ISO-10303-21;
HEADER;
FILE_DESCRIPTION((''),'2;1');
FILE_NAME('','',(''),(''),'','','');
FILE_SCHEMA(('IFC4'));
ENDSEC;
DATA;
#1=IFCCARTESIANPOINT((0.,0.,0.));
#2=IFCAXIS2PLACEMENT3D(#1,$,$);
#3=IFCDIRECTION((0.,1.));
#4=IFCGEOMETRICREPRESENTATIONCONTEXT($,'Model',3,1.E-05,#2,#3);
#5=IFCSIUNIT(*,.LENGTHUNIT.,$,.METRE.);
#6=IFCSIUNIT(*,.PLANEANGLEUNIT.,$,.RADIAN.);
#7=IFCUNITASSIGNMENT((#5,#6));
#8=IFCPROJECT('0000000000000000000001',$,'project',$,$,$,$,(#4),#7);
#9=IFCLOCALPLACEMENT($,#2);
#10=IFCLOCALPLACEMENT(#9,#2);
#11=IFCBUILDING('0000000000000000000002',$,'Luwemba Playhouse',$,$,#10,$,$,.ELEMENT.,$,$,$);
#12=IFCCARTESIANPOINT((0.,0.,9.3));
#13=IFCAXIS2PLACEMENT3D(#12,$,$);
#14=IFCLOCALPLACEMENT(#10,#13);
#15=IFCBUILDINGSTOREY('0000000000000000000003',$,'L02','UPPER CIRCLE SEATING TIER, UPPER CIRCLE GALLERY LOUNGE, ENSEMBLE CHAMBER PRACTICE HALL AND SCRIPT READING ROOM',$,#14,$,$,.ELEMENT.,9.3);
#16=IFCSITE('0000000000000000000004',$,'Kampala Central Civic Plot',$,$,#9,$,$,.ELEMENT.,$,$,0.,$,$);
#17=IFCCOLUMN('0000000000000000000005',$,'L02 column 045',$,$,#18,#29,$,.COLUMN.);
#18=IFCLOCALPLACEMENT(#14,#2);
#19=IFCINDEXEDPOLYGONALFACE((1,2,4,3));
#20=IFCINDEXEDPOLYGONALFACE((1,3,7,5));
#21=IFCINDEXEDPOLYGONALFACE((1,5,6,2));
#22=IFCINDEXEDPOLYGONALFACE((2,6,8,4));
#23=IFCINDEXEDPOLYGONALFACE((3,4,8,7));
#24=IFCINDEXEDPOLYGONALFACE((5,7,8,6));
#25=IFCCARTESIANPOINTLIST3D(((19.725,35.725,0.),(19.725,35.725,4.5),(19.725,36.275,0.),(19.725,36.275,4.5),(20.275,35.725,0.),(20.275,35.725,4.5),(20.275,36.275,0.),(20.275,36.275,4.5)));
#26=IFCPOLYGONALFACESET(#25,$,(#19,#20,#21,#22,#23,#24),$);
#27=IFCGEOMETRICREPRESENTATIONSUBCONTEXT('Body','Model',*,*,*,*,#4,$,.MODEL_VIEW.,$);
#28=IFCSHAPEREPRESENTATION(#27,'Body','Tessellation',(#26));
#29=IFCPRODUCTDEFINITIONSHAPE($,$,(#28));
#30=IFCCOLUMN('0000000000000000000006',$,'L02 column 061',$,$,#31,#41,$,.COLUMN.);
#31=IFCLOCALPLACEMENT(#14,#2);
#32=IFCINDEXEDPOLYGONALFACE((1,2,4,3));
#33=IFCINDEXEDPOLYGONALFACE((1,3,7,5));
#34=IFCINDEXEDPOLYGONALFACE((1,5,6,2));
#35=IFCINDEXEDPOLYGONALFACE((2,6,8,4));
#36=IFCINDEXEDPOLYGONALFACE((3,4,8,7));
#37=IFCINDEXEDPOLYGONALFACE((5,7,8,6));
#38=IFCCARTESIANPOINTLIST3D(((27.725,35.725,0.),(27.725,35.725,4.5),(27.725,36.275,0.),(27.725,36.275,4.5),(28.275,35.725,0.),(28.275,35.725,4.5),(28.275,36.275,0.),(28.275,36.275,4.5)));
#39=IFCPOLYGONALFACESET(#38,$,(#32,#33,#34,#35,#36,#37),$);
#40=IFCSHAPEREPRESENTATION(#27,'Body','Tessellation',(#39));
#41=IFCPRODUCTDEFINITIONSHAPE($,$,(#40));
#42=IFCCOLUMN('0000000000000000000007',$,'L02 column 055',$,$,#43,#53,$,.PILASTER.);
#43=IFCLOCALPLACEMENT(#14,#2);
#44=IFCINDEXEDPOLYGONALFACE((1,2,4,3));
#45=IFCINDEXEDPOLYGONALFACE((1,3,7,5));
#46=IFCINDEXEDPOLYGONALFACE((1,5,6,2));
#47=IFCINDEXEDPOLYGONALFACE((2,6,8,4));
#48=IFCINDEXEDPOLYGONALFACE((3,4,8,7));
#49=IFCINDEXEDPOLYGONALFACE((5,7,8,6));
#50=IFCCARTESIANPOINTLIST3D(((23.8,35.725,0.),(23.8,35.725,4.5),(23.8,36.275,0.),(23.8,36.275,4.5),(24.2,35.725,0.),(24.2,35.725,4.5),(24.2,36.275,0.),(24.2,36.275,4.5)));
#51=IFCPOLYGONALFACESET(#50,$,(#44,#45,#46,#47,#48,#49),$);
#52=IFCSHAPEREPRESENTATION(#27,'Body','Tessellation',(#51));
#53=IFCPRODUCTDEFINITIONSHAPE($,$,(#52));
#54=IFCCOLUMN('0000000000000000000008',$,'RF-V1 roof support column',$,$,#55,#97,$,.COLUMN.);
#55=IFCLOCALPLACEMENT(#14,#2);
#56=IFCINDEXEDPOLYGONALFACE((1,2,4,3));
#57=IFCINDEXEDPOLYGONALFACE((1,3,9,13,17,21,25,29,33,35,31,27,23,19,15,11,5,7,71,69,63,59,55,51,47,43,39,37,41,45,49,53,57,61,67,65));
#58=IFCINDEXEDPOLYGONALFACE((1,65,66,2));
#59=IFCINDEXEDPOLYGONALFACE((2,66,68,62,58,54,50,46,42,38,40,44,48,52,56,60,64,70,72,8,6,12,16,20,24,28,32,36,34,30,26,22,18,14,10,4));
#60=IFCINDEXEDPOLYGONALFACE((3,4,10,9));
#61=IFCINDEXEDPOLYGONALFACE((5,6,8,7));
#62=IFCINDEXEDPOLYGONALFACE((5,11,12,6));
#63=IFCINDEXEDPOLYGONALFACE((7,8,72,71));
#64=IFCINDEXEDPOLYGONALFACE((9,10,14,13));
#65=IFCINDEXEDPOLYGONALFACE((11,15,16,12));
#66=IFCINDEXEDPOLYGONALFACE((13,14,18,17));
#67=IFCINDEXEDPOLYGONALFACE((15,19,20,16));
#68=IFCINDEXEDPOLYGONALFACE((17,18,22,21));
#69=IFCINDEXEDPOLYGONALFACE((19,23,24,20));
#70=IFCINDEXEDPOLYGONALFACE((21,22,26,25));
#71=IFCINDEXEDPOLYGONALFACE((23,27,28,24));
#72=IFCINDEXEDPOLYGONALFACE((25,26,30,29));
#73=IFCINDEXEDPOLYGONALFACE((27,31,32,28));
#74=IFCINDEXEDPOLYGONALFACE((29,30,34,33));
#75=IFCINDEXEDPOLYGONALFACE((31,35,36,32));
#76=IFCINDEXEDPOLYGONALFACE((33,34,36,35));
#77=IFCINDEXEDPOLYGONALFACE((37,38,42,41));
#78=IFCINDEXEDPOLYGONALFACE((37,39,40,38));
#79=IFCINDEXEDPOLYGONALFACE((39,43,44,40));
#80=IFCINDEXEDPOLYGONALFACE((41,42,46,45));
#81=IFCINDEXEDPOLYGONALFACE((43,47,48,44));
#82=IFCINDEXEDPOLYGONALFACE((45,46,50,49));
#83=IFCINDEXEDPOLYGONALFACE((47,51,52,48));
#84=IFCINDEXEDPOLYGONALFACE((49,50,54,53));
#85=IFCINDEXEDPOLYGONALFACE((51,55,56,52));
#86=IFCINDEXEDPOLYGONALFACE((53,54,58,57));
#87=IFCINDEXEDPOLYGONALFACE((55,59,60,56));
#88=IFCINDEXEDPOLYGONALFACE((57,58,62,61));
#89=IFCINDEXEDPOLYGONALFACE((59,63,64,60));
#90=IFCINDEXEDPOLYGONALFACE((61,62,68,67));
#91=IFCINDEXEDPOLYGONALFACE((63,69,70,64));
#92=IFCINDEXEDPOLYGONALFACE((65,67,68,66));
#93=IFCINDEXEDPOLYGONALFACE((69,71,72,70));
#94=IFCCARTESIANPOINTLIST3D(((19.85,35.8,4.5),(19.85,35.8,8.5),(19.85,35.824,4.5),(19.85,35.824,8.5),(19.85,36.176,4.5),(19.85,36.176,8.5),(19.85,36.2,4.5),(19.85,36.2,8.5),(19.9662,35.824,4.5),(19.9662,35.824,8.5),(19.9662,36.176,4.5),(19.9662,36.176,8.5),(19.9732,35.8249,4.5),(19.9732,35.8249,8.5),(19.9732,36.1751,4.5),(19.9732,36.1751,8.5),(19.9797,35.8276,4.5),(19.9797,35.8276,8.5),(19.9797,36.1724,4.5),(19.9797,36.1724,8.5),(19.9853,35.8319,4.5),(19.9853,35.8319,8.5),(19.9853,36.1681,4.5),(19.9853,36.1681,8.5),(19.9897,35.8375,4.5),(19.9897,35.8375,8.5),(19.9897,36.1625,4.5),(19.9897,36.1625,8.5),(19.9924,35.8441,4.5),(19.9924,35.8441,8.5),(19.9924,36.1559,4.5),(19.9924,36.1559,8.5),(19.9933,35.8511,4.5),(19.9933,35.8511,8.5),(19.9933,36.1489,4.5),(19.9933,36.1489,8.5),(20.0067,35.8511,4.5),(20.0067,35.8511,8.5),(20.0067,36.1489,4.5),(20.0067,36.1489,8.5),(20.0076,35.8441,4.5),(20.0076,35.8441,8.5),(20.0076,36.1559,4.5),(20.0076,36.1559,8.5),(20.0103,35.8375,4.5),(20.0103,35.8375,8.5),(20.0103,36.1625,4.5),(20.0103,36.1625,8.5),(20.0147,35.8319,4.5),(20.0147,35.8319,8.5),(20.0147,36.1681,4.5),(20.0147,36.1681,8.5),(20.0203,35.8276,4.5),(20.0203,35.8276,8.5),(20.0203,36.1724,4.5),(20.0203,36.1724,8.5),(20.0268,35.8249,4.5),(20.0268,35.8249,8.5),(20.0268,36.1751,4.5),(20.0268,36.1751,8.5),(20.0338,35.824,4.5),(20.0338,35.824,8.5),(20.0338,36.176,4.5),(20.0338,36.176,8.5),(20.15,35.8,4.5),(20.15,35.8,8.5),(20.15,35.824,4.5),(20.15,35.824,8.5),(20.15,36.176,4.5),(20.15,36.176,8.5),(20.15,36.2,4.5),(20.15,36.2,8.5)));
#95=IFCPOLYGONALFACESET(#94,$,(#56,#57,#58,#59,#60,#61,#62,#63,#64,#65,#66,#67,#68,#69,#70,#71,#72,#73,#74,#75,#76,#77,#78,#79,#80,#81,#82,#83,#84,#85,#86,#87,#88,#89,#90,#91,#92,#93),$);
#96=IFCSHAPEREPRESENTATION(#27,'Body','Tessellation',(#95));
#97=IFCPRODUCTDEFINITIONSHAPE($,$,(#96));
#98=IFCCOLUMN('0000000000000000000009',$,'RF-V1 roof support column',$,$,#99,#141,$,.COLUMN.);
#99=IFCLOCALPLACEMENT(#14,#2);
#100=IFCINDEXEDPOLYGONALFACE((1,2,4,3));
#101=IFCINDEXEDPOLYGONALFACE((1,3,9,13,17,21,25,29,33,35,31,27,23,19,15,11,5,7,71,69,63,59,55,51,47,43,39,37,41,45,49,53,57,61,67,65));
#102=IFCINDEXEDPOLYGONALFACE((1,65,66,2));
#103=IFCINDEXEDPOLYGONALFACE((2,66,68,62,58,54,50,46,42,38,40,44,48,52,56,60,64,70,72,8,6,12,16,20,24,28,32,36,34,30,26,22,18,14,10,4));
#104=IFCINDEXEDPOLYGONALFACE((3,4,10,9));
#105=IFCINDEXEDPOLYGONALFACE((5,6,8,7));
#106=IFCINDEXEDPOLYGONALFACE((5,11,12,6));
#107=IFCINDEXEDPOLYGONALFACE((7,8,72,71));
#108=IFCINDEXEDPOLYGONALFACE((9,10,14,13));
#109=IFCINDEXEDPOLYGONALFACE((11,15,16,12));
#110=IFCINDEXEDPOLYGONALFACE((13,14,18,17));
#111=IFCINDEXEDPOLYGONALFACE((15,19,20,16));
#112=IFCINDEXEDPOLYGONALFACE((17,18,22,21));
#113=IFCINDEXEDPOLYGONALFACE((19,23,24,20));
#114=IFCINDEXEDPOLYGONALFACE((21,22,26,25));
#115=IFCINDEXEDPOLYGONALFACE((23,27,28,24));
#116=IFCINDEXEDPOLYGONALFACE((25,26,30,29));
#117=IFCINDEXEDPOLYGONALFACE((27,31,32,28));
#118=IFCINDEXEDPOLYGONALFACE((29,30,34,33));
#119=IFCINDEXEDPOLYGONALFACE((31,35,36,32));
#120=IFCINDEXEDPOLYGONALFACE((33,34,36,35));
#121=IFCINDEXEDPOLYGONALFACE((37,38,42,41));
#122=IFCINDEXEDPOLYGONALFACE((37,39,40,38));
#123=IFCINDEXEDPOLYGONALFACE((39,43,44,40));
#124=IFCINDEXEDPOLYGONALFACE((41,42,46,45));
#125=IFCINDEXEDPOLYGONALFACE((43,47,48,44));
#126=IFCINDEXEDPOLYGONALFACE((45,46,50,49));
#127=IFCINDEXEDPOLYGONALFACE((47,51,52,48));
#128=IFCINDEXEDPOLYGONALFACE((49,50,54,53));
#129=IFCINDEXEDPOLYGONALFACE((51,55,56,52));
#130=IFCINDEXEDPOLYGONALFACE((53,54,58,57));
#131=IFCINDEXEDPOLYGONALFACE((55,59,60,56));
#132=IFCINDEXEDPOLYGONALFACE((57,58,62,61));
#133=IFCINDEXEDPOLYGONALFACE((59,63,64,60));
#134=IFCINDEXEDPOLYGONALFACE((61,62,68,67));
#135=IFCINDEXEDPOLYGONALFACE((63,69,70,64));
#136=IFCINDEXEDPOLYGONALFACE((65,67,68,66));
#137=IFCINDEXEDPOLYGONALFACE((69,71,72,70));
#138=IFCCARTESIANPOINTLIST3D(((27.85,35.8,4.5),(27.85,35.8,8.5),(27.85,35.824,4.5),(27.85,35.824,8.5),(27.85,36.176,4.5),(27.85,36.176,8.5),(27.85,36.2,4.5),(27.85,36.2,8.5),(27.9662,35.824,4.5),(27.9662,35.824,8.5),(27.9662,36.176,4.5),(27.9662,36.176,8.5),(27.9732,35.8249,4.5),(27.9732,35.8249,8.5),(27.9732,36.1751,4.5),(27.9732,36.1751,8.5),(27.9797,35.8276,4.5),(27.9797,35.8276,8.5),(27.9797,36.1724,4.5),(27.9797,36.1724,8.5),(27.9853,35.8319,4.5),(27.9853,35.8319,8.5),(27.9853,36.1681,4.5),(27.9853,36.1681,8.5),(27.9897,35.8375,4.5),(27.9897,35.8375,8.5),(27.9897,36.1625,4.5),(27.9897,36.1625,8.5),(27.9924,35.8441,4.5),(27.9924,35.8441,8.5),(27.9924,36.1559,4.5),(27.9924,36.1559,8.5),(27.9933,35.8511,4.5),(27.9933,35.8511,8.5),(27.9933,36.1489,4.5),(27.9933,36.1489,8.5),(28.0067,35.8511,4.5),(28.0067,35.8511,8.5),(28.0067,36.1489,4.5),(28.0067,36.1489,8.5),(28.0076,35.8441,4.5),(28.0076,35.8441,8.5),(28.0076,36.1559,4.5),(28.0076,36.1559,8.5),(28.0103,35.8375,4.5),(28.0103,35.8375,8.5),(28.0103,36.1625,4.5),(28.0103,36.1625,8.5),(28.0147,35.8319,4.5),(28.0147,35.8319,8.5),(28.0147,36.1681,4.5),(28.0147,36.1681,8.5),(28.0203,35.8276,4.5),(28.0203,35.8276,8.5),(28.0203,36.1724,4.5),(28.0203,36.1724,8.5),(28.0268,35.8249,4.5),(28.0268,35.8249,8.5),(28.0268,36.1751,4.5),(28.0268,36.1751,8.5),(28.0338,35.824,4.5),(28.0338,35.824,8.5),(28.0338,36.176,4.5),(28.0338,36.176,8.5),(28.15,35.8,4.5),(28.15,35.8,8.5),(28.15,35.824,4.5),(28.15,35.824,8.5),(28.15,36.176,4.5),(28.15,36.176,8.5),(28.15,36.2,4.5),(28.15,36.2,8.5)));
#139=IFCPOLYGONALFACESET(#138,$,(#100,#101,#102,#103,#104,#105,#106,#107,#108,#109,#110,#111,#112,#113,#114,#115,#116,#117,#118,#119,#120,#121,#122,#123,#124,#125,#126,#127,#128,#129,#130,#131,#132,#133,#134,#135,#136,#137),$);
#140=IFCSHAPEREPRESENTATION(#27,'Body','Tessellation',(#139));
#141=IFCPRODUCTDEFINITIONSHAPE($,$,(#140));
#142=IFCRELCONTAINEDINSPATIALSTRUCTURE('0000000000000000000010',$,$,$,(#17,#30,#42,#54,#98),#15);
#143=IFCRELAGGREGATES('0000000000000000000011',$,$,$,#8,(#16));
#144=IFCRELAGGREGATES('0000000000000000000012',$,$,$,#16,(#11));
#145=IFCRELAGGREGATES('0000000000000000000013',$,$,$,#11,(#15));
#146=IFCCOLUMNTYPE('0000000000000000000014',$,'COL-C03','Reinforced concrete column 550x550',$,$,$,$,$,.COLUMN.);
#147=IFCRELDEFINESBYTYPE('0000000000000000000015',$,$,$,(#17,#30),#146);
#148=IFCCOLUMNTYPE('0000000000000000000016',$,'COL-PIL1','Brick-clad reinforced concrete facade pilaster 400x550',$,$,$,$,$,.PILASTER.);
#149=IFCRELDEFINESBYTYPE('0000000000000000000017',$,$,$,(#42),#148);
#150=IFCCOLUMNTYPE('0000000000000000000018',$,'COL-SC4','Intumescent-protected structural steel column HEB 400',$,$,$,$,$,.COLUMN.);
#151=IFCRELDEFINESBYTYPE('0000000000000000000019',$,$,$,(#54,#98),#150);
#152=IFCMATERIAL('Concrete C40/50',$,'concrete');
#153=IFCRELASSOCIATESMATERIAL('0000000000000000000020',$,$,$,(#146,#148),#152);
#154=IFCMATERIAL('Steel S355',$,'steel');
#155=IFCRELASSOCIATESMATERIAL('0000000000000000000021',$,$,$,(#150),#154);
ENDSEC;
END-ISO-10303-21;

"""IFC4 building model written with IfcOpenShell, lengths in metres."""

from ifc_helpers import new_model, si_unit, direction, frame, origin, origin_2d, place, context, subcontext, project, spatial, rectangle, i_section, extrude, material, material_profile, profile_set, type_object, element, save


model = new_model("IFC4")

# Units and contexts
model_context = context("Model", 3, precision=1e-05, world=origin(), true_north=direction((0.0, 1.0)))
body_context = subcontext(model_context, "Body", "Model", "MODEL_VIEW")
ifc_project = project(units=[si_unit("LENGTHUNIT", "METRE"), si_unit("PLANEANGLEUNIT", "RADIAN")], contexts=[model_context])

# Site, building, storey
site_placement = place(None, origin())
site = spatial("IfcSite", under=ifc_project, at=site_placement, Name="Kampala Central Civic Plot", CompositionType="ELEMENT", RefElevation=0.0)
building_placement = place(site_placement, origin())
building = spatial("IfcBuilding", under=site, at=building_placement, Name="Luwemba Playhouse", CompositionType="ELEMENT")
storey_placement = place(building_placement, frame((0.0, 0.0, 9.3)))
storey = spatial("IfcBuildingStorey", under=building, at=storey_placement, Name="L02", Description="UPPER CIRCLE SEATING TIER, UPPER CIRCLE GALLERY LOUNGE, ENSEMBLE CHAMBER PRACTICE HALL AND SCRIPT READING ROOM", CompositionType="ELEMENT", Elevation=9.3)

# Columns
ifc_material_1 = material(Name="Concrete C40/50", Category="concrete")
ifc_material_profile_1 = material_profile(ifc_material_1, rectangle(XDim=0.55, YDim=0.55, at=origin_2d()))
ifc_profile_set_1 = profile_set([ifc_material_profile_1], Name="Concrete C40/50")
column_type_1 = type_object("IfcColumnType", Name="COL-C03", Description="Reinforced concrete column 550x550", PredefinedType="COLUMN", material=ifc_profile_set_1)
for number, where, z_axis, x_axis, name in (
    (1, (20.0, 36.0, 0.0), (0.0, 0.0, 1.0), (1.0, 0.0, 0.0), "L02 column 045"),
    (2, (28.0, 36.0, 0.0), (0.0, 0.0, 1.0), (1.0, 0.0, 0.0), "L02 column 061"),
):
    element("IfcColumn", number, at=place(storey_placement, frame(where, z_axis=z_axis, x_axis=x_axis)), inside=storey, type_object=column_type_1, Name=name, PredefinedType="COLUMN", context=body_context, shape_type="SweptSolid", body=[
        extrude(rectangle(XDim=0.55, YDim=0.55, at=origin_2d()), origin(), (0.0, 0.0, 1.0), 4.5),
    ])
ifc_material_profile_2 = material_profile(ifc_material_1, rectangle(XDim=0.3999, YDim=0.55, at=origin_2d()))
ifc_profile_set_2 = profile_set([ifc_material_profile_2], Name="Concrete C40/50")
column_type_2 = type_object("IfcColumnType", Name="COL-PIL1", Description="Brick-clad reinforced concrete facade pilaster 400x550", PredefinedType="PILASTER", material=ifc_profile_set_2)
column_placement = place(storey_placement, frame((24.0, 36.0, 0.0), z_axis=(0.0, 0.0, 1.0), x_axis=(1.0, 0.0, 0.0)))
element("IfcColumn", 3, at=column_placement, inside=storey, type_object=column_type_2, Name="L02 column 055", PredefinedType="PILASTER", context=body_context, shape_type="SweptSolid", body=[
    extrude(rectangle(XDim=0.3999, YDim=0.55, at=origin_2d()), origin(), (0.0, 0.0, 1.0), 4.5),
])
ifc_material_2 = material(Name="Steel S355", Category="steel")
ifc_material_profile_3 = material_profile(ifc_material_2, i_section(OverallWidth=0.3, OverallDepth=0.3999, WebThickness=0.0134, FlangeThickness=0.0239, FilletRadius=0.0271, at=origin_2d()))
ifc_profile_set_3 = profile_set([ifc_material_profile_3], Name="Steel S355")
column_type_3 = type_object("IfcColumnType", Name="COL-SC4", Description="Intumescent-protected structural steel column HEB 400", PredefinedType="COLUMN", material=ifc_profile_set_3)
for number, where, z_axis, x_axis, name in (
    (4, (20.0, 36.0, 4.5), (0.0, 0.0, 1.0), (1.0, 0.0, 0.0), "RF-V1 roof support column"),
    (5, (28.0, 36.0, 4.5), (0.0, 0.0, 1.0), (1.0, 0.0, 0.0), "RF-V1 roof support column"),
):
    element("IfcColumn", number, at=place(storey_placement, frame(where, z_axis=z_axis, x_axis=x_axis)), inside=storey, type_object=column_type_3, Name=name, PredefinedType="COLUMN", context=body_context, shape_type="SweptSolid", body=[
        extrude(i_section(OverallWidth=0.3, OverallDepth=0.3999, WebThickness=0.0134, FlangeThickness=0.0239, FilletRadius=0.0271, at=origin_2d()), origin(), (0.0, 0.0, 1.0), 4.0),
    ])

save(model, "model.ifc")
